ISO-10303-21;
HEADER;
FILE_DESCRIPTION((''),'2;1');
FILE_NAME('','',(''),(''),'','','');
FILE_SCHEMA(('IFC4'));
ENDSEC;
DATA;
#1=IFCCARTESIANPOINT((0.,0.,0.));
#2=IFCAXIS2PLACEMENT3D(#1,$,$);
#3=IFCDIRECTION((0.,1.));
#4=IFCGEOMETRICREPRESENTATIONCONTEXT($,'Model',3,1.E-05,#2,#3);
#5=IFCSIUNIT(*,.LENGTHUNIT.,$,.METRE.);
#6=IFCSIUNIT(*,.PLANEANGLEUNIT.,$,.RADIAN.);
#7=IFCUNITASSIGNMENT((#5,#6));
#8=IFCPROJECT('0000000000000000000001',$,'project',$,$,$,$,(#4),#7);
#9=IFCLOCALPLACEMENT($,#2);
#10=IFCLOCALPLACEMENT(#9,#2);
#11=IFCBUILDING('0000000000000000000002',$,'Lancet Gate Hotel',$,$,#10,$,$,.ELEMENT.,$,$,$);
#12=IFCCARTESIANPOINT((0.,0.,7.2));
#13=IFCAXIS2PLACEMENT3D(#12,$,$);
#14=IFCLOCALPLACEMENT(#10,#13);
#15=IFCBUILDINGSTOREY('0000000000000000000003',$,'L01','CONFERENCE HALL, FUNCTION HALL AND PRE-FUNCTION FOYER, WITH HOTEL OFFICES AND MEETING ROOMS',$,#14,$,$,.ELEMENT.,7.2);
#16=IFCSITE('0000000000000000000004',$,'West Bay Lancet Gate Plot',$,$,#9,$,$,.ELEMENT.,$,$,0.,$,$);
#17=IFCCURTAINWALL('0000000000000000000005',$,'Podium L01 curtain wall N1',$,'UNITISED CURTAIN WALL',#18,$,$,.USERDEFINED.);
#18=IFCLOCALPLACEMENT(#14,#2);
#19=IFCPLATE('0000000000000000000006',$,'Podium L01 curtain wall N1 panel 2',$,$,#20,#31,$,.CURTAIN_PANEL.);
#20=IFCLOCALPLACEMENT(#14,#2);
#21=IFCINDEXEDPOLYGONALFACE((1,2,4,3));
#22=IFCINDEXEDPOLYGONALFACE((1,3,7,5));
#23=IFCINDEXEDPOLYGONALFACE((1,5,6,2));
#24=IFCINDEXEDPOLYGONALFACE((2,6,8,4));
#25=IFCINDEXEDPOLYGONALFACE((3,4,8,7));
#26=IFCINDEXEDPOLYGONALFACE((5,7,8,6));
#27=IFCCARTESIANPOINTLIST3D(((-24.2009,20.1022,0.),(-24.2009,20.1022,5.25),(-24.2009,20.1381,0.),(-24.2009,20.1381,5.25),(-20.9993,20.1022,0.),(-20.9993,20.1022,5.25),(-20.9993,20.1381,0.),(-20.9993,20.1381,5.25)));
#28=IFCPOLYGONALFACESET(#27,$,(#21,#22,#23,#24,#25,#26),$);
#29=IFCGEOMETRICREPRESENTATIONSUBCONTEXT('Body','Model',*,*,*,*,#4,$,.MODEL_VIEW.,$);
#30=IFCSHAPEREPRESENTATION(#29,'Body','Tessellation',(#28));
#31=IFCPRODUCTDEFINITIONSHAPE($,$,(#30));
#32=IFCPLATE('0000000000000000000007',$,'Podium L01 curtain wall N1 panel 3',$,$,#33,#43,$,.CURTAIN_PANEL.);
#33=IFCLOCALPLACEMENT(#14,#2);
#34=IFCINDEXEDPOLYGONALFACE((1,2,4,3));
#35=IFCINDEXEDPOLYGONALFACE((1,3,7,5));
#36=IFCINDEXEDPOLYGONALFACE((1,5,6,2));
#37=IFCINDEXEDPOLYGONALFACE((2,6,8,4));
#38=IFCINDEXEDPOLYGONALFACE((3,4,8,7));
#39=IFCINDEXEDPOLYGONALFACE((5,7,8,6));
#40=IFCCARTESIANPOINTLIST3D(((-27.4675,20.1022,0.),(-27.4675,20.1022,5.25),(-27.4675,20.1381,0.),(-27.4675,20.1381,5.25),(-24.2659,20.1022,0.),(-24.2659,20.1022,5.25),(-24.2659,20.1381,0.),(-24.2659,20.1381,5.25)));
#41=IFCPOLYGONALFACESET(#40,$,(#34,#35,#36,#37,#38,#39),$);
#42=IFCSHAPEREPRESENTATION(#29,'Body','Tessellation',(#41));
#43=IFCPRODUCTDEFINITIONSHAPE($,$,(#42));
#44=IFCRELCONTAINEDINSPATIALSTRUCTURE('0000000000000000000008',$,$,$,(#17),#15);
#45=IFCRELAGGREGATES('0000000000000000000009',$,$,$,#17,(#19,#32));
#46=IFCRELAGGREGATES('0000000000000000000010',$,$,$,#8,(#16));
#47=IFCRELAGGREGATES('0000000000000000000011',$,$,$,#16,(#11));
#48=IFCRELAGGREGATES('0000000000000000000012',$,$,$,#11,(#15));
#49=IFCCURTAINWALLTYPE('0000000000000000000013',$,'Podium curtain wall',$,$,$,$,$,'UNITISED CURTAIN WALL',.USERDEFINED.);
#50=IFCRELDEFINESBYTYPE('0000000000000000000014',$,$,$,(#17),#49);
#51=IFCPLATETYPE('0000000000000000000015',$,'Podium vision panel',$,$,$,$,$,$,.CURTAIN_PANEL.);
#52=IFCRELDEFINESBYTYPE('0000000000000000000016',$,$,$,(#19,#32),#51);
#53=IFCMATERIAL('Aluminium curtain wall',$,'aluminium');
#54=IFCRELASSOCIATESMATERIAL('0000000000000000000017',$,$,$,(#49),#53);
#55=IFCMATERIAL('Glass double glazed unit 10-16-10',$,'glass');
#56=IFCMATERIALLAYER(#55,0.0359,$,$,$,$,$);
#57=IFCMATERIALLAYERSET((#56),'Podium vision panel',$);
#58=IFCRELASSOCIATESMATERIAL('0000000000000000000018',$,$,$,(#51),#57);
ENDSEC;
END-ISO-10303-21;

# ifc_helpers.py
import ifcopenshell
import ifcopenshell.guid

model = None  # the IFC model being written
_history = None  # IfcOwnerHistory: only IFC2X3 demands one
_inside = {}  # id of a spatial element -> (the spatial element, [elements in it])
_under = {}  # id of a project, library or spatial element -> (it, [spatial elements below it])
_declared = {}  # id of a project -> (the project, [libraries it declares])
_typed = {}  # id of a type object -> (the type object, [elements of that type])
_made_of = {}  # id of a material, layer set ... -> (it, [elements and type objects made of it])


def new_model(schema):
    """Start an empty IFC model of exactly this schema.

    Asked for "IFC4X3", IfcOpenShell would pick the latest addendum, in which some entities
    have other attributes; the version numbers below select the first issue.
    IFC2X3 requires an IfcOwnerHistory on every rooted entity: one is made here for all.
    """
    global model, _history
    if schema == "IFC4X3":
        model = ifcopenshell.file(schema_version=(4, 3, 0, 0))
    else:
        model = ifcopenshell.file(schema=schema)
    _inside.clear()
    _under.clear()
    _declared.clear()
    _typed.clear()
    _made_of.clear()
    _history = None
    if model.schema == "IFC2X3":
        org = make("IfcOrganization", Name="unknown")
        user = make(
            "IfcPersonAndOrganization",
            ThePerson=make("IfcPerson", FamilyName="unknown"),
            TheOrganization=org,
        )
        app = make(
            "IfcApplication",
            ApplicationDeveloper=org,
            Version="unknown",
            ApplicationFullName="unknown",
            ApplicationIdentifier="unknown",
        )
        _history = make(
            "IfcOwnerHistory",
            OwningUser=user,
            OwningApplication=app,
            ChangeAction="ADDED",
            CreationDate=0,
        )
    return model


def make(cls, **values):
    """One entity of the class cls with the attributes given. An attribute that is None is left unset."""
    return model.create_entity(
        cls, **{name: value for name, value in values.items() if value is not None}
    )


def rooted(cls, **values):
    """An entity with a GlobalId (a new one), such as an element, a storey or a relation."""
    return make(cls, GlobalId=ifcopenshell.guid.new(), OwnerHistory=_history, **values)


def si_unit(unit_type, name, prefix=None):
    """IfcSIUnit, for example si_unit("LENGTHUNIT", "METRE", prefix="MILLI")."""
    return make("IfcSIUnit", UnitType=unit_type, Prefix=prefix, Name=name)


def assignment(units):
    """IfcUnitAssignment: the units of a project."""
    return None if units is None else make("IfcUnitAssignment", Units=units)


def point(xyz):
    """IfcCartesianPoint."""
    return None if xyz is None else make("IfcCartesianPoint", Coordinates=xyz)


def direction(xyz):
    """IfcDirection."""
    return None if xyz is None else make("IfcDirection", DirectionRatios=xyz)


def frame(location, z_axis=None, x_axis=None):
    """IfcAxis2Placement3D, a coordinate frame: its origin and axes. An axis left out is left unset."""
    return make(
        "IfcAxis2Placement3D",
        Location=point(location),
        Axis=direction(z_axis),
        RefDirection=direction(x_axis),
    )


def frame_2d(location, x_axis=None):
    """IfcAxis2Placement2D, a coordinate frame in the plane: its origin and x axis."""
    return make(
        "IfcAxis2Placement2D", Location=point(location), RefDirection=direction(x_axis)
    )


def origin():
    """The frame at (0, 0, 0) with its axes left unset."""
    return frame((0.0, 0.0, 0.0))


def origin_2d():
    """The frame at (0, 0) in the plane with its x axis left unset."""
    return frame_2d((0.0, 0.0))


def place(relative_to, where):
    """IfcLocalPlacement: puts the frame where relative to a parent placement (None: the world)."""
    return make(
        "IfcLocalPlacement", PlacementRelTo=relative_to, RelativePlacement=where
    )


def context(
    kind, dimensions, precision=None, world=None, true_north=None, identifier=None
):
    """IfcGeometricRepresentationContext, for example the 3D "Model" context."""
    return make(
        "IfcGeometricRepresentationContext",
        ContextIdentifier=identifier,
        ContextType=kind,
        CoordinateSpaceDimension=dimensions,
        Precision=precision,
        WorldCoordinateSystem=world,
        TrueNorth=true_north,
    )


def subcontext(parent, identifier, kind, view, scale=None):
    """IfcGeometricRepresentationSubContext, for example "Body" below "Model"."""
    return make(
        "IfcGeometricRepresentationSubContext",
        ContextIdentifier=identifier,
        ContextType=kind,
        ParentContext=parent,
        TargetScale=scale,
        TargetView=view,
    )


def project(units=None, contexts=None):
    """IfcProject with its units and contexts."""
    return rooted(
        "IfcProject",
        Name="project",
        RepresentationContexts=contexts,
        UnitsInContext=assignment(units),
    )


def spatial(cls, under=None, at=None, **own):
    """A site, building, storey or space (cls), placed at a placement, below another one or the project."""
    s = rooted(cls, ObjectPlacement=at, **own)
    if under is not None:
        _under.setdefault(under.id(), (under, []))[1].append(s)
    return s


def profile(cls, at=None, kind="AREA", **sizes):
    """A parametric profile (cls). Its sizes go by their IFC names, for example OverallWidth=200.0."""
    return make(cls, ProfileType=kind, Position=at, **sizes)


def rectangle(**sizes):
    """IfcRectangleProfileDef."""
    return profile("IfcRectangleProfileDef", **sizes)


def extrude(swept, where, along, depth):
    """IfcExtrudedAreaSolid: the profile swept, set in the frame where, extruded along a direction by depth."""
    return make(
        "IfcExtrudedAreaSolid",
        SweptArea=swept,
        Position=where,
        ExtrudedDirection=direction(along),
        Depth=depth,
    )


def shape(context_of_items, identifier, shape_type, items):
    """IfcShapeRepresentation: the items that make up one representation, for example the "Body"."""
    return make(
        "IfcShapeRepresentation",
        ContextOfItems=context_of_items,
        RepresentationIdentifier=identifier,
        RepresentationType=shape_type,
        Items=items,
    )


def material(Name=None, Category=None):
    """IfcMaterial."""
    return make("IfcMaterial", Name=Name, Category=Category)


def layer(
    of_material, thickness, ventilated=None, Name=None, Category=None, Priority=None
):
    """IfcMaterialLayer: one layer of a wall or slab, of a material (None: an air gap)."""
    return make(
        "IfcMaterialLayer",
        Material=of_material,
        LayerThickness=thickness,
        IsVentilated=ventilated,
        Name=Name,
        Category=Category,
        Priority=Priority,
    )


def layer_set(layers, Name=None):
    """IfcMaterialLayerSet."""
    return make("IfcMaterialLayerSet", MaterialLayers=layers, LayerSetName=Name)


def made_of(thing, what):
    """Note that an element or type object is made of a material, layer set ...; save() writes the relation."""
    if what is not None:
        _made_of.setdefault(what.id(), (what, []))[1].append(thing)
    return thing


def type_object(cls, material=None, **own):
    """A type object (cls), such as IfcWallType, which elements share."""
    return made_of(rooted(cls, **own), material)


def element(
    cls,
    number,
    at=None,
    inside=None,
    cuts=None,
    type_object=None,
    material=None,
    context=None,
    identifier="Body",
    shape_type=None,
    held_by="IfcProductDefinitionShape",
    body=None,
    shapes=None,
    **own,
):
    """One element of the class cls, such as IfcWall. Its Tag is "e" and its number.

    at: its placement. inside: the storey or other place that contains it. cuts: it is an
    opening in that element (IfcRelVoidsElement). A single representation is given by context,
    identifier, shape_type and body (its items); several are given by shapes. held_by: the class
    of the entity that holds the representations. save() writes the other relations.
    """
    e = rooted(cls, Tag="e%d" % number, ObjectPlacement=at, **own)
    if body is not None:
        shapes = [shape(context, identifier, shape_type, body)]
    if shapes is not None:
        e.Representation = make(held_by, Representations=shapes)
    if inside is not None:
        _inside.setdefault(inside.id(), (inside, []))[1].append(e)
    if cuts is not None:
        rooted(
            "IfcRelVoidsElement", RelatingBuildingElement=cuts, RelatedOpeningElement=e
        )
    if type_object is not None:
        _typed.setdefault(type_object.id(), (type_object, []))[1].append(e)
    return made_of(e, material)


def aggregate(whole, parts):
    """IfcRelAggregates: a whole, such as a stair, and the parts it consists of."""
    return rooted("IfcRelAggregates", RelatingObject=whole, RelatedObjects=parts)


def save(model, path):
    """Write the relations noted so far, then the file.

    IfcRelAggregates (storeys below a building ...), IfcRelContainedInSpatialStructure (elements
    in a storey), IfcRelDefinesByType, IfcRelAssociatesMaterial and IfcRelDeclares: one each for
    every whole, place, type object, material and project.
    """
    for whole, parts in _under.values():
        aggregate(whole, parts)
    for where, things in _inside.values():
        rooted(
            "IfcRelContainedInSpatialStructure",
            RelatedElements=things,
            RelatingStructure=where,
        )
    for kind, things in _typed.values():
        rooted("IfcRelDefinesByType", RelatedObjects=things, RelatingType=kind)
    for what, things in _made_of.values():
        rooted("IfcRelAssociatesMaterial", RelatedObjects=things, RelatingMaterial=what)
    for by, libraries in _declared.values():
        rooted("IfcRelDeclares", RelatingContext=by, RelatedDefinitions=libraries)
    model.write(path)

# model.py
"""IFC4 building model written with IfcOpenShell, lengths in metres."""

from ifc_helpers import new_model, si_unit, direction, frame, origin, origin_2d, place, context, subcontext, project, spatial, rectangle, extrude, material, layer, layer_set, type_object, element, aggregate, save


model = new_model("IFC4")

# Units and contexts
model_context = context("Model", 3, precision=1e-05, world=origin(), true_north=direction((0.0, 1.0)))
body_context = subcontext(model_context, "Body", "Model", "MODEL_VIEW")
ifc_project = project(units=[si_unit("LENGTHUNIT", "METRE"), si_unit("PLANEANGLEUNIT", "RADIAN")], contexts=[model_context])

# Site, building, storey
site_placement = place(None, origin())
site = spatial("IfcSite", under=ifc_project, at=site_placement, Name="West Bay Lancet Gate Plot", CompositionType="ELEMENT", RefElevation=0.0)
building_placement = place(site_placement, origin())
building = spatial("IfcBuilding", under=site, at=building_placement, Name="Lancet Gate Hotel", CompositionType="ELEMENT")
storey_placement = place(building_placement, frame((0.0, 0.0, 7.2)))
storey = spatial("IfcBuildingStorey", under=building, at=storey_placement, Name="L01", Description="CONFERENCE HALL, FUNCTION HALL AND PRE-FUNCTION FOYER, WITH HOTEL OFFICES AND MEETING ROOMS", CompositionType="ELEMENT", Elevation=7.2)

# Shared definitions
ifc_material_1 = material(Name="Aluminium curtain wall", Category="aluminium")
curtain_wall_type = type_object("IfcCurtainWallType", Name="Podium curtain wall", ElementType="UNITISED CURTAIN WALL", PredefinedType="USERDEFINED", material=ifc_material_1)

# Curtain wall
curtain_wall_1_placement = place(storey_placement, origin())
curtain_wall_1 = element("IfcCurtainWall", 1, at=curtain_wall_1_placement, inside=storey, type_object=curtain_wall_type, Name="Podium L01 curtain wall N1", ObjectType="UNITISED CURTAIN WALL", PredefinedType="USERDEFINED")

# Plates
ifc_material_2 = material(Name="Glass double glazed unit 10-16-10", Category="glass")
ifc_layer = layer(ifc_material_2, 0.0359)
ifc_layer_set = layer_set([ifc_layer], Name="Podium vision panel")
plate_type = type_object("IfcPlateType", Name="Podium vision panel", PredefinedType="CURTAIN_PANEL", material=ifc_layer_set)
plate_1_placement = place(storey_placement, frame((-22.6001, 20.1201, 0.0), z_axis=(0.0, 0.0, 1.0), x_axis=(-1.0, 0.0, 0.0)))
plate_1 = element("IfcPlate", 2, at=plate_1_placement, type_object=plate_type, Name="Podium L01 curtain wall N1 panel 2", PredefinedType="CURTAIN_PANEL", context=body_context, shape_type="SweptSolid", body=[
    extrude(rectangle(XDim=3.2017, YDim=0.0359, at=origin_2d()), origin(), (0.0, 0.0, 1.0), 5.25),
])
plate_2_placement = place(storey_placement, frame((-25.8667, 20.1201, 0.0), z_axis=(0.0, 0.0, 1.0), x_axis=(-1.0, 0.0, 0.0)))
plate_2 = element("IfcPlate", 3, at=plate_2_placement, type_object=plate_type, Name="Podium L01 curtain wall N1 panel 3", PredefinedType="CURTAIN_PANEL", context=body_context, shape_type="SweptSolid", body=[
    extrude(rectangle(XDim=3.2017, YDim=0.0359, at=origin_2d()), origin(), (0.0, 0.0, 1.0), 5.25),
])
aggregate(curtain_wall_1, [plate_1, plate_2])

save(model, "model.ifc")
